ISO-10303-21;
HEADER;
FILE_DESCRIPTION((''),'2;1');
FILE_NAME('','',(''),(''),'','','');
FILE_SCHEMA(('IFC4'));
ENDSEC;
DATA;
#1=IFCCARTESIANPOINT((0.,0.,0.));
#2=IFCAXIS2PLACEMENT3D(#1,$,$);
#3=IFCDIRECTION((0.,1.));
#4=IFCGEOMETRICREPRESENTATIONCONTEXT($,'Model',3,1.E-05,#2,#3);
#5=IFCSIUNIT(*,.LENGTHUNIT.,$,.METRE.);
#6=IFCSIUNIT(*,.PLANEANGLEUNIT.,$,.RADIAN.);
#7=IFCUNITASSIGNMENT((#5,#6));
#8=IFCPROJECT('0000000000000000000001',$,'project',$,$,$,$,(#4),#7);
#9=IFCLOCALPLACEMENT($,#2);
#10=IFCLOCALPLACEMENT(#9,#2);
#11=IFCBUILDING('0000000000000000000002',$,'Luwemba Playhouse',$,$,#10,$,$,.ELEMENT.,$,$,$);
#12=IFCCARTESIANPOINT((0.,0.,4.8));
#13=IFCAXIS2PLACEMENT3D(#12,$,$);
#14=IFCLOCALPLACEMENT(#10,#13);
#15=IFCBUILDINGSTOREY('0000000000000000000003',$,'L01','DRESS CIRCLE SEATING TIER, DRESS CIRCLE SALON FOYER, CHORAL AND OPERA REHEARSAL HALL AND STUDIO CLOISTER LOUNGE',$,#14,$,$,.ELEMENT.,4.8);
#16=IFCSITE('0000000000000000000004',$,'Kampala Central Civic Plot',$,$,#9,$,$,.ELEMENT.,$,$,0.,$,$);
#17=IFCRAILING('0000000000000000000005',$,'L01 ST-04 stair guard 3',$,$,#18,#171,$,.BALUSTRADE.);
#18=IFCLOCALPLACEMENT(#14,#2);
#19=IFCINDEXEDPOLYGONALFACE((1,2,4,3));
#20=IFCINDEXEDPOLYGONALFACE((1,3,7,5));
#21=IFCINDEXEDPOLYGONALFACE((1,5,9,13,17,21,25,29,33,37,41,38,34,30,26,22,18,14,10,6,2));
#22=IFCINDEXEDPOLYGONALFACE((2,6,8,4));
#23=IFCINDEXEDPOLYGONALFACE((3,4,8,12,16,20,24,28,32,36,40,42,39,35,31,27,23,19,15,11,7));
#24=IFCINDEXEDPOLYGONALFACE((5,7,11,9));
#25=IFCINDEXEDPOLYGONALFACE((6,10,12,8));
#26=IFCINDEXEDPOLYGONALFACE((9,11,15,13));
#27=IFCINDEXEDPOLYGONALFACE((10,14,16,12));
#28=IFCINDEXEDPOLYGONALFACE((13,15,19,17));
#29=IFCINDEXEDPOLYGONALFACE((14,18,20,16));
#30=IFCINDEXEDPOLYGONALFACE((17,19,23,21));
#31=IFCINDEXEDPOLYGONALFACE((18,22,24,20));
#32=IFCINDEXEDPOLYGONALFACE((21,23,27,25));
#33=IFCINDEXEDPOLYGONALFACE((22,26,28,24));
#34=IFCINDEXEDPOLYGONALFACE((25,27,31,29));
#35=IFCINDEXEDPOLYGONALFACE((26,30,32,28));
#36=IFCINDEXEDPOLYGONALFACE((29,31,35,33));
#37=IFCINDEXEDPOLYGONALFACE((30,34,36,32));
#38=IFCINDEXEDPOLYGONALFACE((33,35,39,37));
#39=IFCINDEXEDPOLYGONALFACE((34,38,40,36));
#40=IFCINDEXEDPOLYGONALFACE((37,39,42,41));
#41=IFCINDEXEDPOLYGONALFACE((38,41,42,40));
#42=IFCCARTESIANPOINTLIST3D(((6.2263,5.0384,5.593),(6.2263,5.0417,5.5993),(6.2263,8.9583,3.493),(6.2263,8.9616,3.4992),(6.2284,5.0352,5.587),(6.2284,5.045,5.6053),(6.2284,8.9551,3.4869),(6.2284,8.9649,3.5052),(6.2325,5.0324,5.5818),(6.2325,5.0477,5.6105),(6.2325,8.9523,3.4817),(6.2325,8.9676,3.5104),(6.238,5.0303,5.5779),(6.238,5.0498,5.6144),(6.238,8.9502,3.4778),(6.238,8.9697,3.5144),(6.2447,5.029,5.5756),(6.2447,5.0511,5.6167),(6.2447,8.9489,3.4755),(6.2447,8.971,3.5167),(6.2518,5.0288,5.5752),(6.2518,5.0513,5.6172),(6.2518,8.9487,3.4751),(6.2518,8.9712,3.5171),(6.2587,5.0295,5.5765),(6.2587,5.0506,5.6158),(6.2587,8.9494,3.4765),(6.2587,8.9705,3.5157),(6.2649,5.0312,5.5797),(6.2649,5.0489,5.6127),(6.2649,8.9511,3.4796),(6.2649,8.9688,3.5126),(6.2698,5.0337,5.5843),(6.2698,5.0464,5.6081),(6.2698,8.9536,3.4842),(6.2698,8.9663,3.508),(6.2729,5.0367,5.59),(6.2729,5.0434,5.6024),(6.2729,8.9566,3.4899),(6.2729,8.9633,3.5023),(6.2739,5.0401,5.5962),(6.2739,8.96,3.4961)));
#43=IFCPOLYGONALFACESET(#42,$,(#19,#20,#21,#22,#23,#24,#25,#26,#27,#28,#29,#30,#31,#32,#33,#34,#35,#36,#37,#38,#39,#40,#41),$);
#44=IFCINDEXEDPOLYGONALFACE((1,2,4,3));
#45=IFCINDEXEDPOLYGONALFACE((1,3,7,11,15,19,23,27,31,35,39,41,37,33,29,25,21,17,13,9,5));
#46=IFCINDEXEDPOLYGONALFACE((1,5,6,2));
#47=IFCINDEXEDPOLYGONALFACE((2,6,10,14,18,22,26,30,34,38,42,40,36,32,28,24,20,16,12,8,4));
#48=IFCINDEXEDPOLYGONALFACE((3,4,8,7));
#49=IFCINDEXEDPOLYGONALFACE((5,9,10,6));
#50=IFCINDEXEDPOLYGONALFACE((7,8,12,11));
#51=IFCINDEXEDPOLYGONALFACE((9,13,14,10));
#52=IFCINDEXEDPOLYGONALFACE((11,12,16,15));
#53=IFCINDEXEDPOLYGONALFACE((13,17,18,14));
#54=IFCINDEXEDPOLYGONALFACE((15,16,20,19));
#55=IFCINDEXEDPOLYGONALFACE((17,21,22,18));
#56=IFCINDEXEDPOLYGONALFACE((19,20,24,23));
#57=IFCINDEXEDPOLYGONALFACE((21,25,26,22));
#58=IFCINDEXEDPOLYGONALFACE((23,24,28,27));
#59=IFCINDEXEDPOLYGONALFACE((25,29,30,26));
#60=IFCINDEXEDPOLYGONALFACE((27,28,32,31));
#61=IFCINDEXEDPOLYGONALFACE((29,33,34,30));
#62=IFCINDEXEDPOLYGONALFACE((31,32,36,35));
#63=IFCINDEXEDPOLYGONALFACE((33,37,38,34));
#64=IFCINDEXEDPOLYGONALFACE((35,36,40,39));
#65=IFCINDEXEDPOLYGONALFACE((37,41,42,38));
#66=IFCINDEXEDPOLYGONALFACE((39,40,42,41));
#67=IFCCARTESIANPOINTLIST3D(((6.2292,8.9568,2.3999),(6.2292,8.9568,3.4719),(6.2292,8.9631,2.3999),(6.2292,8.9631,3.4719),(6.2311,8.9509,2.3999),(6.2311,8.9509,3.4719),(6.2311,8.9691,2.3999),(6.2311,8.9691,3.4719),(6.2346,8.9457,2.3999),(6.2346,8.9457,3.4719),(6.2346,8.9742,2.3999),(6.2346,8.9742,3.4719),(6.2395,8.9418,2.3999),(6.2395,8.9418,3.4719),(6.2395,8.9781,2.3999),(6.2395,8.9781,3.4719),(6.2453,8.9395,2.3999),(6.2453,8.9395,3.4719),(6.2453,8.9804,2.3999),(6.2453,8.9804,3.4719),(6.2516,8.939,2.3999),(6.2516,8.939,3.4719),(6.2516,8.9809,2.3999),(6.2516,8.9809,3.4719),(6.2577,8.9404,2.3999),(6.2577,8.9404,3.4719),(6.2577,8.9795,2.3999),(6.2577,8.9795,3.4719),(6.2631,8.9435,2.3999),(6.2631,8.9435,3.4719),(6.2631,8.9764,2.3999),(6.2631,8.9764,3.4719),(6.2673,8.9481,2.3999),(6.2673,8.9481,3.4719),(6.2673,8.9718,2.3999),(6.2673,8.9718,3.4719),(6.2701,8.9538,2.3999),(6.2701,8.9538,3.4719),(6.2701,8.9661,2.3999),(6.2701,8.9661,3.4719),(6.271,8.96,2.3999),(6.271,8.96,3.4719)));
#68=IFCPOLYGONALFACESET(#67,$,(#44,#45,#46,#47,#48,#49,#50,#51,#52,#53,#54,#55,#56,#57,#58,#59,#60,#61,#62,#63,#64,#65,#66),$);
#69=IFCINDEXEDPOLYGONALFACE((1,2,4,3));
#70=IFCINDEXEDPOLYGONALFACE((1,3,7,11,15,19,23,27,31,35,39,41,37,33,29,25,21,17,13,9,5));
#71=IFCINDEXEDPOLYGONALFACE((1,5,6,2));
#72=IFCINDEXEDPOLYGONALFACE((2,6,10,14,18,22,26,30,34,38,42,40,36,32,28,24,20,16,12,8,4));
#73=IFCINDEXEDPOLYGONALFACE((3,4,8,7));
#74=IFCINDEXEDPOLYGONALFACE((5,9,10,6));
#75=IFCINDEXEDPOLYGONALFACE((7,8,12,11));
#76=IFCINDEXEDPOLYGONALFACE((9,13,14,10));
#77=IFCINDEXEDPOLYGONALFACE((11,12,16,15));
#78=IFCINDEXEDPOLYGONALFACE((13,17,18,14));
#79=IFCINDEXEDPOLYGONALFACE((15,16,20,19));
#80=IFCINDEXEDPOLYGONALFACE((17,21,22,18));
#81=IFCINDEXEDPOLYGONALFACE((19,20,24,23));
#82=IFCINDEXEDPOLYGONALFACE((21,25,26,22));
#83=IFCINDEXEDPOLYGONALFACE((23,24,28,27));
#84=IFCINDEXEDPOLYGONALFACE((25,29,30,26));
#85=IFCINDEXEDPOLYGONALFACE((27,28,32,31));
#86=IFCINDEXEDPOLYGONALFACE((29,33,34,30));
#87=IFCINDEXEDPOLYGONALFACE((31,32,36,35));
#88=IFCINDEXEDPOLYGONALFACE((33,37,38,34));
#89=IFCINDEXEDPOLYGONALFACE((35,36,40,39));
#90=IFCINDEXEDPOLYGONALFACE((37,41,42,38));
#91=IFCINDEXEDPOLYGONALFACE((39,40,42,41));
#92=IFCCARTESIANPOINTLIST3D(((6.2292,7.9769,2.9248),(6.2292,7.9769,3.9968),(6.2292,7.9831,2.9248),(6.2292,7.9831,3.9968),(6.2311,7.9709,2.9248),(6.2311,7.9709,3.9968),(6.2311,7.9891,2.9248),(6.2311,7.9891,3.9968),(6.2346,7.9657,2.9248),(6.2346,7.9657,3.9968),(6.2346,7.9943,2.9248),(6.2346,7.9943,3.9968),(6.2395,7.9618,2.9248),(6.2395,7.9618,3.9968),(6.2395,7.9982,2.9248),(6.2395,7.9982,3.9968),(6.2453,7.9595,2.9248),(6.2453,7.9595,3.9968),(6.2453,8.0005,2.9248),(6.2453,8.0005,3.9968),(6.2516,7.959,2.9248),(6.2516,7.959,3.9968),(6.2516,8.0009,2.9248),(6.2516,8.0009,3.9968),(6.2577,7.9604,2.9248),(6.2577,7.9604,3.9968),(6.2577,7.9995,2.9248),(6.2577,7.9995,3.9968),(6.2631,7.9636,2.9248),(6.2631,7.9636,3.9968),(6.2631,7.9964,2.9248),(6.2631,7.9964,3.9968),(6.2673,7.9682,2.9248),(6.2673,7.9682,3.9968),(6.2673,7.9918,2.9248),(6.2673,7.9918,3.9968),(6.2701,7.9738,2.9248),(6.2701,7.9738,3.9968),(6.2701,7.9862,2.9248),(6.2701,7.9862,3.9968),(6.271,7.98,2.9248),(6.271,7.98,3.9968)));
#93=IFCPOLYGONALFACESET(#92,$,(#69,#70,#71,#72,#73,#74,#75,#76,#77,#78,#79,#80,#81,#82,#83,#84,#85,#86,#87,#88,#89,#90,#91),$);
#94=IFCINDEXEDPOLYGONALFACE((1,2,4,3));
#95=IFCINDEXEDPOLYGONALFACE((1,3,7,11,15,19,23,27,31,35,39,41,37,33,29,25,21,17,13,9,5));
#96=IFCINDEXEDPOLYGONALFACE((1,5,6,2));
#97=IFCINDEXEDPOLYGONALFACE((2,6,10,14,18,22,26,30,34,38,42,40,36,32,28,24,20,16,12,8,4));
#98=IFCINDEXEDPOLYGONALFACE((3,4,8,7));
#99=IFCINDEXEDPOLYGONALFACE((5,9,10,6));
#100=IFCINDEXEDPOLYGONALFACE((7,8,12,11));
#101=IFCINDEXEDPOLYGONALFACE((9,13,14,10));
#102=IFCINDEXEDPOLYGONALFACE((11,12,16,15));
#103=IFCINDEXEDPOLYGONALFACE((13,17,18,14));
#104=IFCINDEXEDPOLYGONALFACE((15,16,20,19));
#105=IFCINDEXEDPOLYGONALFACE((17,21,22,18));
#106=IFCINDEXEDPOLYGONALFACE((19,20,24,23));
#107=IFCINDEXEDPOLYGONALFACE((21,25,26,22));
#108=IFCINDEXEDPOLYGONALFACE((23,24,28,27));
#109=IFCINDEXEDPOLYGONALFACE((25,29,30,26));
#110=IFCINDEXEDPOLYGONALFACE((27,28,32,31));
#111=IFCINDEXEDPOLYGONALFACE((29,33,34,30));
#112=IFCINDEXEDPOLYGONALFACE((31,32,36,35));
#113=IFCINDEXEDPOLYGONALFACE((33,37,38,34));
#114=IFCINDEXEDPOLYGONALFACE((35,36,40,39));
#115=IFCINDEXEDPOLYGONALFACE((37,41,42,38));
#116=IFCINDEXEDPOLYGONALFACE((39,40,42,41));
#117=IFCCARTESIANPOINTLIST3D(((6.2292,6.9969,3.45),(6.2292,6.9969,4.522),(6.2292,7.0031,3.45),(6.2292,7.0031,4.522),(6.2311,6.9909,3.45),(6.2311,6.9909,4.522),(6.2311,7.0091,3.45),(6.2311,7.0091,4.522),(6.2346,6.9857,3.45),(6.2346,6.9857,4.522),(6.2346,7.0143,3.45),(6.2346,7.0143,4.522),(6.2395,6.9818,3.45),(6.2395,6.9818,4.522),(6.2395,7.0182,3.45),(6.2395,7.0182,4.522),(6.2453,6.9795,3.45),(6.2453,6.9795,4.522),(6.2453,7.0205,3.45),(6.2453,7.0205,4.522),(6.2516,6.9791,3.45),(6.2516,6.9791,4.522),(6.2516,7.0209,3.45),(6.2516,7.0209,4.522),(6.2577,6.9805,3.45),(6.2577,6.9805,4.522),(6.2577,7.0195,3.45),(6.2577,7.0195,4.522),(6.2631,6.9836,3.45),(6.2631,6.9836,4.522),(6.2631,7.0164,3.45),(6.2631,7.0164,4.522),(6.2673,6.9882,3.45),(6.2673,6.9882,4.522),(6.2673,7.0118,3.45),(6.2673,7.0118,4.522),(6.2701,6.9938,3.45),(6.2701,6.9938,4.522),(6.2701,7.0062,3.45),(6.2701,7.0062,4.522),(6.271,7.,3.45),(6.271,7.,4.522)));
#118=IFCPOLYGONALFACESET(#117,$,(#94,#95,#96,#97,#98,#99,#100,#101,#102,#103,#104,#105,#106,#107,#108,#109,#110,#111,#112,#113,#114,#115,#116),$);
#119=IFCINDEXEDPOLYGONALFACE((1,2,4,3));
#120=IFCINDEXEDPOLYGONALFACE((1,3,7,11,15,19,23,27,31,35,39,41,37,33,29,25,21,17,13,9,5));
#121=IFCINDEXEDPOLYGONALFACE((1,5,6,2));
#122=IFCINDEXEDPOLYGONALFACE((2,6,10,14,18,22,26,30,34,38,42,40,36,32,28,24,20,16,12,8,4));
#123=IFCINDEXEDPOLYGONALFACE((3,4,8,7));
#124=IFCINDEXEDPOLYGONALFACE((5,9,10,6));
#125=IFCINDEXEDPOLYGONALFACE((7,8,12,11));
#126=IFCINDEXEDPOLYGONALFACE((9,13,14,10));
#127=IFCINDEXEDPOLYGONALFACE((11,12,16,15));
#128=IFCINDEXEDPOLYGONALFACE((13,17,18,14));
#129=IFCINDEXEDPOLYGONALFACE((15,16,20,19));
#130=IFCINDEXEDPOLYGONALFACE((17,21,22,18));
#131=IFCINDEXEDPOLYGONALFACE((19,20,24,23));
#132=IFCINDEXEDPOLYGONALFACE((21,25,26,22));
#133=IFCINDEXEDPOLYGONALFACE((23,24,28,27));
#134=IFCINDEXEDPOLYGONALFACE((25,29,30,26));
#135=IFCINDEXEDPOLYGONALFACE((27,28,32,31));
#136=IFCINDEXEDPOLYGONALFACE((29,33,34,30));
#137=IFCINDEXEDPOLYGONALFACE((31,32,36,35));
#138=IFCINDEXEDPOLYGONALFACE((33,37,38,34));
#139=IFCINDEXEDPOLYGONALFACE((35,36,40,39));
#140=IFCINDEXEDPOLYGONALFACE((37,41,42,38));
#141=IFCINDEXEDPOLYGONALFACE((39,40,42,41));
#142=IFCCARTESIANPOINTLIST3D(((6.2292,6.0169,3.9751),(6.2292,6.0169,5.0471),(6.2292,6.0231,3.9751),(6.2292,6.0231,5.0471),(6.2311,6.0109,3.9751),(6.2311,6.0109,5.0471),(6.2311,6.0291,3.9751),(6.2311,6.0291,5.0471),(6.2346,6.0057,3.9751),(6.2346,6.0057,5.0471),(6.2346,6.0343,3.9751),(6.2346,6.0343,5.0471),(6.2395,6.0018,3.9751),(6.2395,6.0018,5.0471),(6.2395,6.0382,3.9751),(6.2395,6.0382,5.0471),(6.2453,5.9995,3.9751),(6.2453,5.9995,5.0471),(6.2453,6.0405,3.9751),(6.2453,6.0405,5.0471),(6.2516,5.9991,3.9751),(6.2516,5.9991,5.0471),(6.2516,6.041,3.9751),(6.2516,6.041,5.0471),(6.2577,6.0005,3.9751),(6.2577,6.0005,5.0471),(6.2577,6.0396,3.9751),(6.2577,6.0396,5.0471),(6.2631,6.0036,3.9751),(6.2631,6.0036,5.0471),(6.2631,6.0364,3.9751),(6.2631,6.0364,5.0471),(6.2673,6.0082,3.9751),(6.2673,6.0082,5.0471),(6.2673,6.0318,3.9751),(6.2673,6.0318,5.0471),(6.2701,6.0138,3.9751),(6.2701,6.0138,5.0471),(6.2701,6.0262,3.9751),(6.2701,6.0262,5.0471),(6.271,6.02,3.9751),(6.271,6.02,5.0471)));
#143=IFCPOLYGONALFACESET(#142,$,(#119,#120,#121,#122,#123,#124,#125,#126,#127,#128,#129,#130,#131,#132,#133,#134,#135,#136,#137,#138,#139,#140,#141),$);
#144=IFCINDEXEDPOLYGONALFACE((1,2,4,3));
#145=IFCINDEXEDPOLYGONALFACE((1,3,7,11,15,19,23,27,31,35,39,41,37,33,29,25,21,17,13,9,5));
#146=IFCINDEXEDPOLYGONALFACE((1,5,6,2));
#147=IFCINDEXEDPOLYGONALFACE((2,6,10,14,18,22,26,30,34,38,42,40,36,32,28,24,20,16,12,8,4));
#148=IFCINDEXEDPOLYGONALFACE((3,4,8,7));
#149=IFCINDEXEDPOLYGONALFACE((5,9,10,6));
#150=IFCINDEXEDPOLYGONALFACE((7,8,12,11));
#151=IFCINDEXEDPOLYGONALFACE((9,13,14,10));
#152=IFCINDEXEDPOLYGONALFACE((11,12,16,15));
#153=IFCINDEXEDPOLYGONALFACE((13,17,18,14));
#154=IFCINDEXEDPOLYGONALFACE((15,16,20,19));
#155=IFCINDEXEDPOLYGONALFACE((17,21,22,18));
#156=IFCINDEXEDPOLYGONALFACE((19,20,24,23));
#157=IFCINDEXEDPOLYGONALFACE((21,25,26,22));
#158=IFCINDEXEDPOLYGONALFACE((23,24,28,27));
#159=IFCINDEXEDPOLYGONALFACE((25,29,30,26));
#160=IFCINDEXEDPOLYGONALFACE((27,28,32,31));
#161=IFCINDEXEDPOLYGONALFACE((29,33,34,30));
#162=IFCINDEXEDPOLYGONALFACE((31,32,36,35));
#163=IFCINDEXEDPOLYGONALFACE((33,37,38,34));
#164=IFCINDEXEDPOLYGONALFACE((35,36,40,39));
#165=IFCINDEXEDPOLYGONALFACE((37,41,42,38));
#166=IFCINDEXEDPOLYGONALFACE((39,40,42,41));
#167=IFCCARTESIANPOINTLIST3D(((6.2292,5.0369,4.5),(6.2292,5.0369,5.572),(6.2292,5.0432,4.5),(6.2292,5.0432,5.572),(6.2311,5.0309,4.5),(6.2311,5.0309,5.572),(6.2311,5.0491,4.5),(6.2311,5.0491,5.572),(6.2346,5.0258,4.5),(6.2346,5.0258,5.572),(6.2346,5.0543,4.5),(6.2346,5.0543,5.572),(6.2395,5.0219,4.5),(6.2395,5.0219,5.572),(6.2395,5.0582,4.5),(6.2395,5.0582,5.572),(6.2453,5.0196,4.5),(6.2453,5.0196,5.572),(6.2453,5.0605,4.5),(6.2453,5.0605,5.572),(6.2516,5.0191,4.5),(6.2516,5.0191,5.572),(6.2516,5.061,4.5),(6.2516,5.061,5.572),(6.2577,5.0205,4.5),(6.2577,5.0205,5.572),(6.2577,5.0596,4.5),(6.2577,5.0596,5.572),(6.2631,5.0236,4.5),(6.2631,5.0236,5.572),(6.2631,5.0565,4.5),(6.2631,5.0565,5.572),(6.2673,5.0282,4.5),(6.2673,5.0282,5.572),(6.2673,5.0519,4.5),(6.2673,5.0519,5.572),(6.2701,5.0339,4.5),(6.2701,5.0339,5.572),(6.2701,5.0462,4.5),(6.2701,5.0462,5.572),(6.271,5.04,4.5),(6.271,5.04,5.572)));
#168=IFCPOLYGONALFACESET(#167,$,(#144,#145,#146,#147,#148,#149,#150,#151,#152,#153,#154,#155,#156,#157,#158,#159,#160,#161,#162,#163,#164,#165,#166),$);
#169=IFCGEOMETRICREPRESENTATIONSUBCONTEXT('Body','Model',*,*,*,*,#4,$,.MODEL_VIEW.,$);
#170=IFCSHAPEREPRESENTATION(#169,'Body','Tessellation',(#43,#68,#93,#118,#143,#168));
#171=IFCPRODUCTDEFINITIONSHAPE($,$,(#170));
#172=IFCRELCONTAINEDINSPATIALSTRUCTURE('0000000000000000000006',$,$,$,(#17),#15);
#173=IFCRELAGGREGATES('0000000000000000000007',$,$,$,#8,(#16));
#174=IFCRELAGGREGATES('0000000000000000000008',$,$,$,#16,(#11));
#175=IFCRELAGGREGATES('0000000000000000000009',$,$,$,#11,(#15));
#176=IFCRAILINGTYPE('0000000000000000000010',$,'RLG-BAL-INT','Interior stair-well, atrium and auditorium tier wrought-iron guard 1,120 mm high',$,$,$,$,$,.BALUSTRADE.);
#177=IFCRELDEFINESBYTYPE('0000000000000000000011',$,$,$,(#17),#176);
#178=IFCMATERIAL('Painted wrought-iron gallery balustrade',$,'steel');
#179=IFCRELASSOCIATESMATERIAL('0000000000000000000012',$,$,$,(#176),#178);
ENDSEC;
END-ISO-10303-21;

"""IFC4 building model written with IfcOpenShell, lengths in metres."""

from ifc_helpers import new_model, si_unit, direction, frame, origin, origin_2d, place, context, subcontext, project, spatial, circle, extrude, material, type_object, element, save


model = new_model("IFC4")

# Units and contexts
model_context = context("Model", 3, precision=1e-05, world=origin(), true_north=direction((0.0, 1.0)))
body_context = subcontext(model_context, "Body", "Model", "MODEL_VIEW")
ifc_project = project(units=[si_unit("LENGTHUNIT", "METRE"), si_unit("PLANEANGLEUNIT", "RADIAN")], contexts=[model_context])

# Site, building, storey
site_placement = place(None, origin())
site = spatial("IfcSite", under=ifc_project, at=site_placement, Name="Kampala Central Civic Plot", CompositionType="ELEMENT", RefElevation=0.0)
building_placement = place(site_placement, origin())
building = spatial("IfcBuilding", under=site, at=building_placement, Name="Luwemba Playhouse", CompositionType="ELEMENT")
storey_placement = place(building_placement, frame((0.0, 0.0, 4.8)))
storey = spatial("IfcBuildingStorey", under=building, at=storey_placement, Name="L01", Description="DRESS CIRCLE SEATING TIER, DRESS CIRCLE SALON FOYER, CHORAL AND OPERA REHEARSAL HALL AND STUDIO CLOISTER LOUNGE", CompositionType="ELEMENT", Elevation=4.8)

# Railing
ifc_material_1 = material(Name="Painted wrought-iron gallery balustrade", Category="steel")
railing_type_1 = type_object("IfcRailingType", Name="RLG-BAL-INT", Description="Interior stair-well, atrium and auditorium tier wrought-iron guard 1,120 mm high", PredefinedType="BALUSTRADE", material=ifc_material_1)
railing_1_placement = place(storey_placement, frame((6.25, 8.96, 2.3999)))
element("IfcRailing", 1, at=railing_1_placement, inside=storey, type_object=railing_type_1, Name="L01 ST-04 stair guard 3", PredefinedType="BALUSTRADE", context=body_context, shape_type="SweptSolid", body=[
    extrude(circle(Radius=0.0239, at=origin_2d()), frame((0.0, 0.0, 1.0962), z_axis=(0.0, -0.881467, 0.472246), x_axis=(1.0, 0.0, 0.0)), (0.0, 0.0, 1.0), 4.447),
    extrude(circle(Radius=0.021, at=origin_2d()), origin(), (0.0, 0.0, 1.0), 1.072),
    extrude(circle(Radius=0.021, at=origin_2d()), frame((0.0, -0.98, 0.5249)), (0.0, 0.0, 1.0), 1.072),
    extrude(circle(Radius=0.021, at=origin_2d()), frame((0.0, -1.96, 1.05)), (0.0, 0.0, 1.0), 1.072),
    extrude(circle(Radius=0.021, at=origin_2d()), frame((0.0, -2.9399, 1.5752)), (0.0, 0.0, 1.0), 1.072),
    extrude(circle(Radius=0.021, at=origin_2d()), frame((0.0, -3.9199, 2.1001)), (0.0, 0.0, 1.0), 1.072),
])

save(model, "model.ifc")
